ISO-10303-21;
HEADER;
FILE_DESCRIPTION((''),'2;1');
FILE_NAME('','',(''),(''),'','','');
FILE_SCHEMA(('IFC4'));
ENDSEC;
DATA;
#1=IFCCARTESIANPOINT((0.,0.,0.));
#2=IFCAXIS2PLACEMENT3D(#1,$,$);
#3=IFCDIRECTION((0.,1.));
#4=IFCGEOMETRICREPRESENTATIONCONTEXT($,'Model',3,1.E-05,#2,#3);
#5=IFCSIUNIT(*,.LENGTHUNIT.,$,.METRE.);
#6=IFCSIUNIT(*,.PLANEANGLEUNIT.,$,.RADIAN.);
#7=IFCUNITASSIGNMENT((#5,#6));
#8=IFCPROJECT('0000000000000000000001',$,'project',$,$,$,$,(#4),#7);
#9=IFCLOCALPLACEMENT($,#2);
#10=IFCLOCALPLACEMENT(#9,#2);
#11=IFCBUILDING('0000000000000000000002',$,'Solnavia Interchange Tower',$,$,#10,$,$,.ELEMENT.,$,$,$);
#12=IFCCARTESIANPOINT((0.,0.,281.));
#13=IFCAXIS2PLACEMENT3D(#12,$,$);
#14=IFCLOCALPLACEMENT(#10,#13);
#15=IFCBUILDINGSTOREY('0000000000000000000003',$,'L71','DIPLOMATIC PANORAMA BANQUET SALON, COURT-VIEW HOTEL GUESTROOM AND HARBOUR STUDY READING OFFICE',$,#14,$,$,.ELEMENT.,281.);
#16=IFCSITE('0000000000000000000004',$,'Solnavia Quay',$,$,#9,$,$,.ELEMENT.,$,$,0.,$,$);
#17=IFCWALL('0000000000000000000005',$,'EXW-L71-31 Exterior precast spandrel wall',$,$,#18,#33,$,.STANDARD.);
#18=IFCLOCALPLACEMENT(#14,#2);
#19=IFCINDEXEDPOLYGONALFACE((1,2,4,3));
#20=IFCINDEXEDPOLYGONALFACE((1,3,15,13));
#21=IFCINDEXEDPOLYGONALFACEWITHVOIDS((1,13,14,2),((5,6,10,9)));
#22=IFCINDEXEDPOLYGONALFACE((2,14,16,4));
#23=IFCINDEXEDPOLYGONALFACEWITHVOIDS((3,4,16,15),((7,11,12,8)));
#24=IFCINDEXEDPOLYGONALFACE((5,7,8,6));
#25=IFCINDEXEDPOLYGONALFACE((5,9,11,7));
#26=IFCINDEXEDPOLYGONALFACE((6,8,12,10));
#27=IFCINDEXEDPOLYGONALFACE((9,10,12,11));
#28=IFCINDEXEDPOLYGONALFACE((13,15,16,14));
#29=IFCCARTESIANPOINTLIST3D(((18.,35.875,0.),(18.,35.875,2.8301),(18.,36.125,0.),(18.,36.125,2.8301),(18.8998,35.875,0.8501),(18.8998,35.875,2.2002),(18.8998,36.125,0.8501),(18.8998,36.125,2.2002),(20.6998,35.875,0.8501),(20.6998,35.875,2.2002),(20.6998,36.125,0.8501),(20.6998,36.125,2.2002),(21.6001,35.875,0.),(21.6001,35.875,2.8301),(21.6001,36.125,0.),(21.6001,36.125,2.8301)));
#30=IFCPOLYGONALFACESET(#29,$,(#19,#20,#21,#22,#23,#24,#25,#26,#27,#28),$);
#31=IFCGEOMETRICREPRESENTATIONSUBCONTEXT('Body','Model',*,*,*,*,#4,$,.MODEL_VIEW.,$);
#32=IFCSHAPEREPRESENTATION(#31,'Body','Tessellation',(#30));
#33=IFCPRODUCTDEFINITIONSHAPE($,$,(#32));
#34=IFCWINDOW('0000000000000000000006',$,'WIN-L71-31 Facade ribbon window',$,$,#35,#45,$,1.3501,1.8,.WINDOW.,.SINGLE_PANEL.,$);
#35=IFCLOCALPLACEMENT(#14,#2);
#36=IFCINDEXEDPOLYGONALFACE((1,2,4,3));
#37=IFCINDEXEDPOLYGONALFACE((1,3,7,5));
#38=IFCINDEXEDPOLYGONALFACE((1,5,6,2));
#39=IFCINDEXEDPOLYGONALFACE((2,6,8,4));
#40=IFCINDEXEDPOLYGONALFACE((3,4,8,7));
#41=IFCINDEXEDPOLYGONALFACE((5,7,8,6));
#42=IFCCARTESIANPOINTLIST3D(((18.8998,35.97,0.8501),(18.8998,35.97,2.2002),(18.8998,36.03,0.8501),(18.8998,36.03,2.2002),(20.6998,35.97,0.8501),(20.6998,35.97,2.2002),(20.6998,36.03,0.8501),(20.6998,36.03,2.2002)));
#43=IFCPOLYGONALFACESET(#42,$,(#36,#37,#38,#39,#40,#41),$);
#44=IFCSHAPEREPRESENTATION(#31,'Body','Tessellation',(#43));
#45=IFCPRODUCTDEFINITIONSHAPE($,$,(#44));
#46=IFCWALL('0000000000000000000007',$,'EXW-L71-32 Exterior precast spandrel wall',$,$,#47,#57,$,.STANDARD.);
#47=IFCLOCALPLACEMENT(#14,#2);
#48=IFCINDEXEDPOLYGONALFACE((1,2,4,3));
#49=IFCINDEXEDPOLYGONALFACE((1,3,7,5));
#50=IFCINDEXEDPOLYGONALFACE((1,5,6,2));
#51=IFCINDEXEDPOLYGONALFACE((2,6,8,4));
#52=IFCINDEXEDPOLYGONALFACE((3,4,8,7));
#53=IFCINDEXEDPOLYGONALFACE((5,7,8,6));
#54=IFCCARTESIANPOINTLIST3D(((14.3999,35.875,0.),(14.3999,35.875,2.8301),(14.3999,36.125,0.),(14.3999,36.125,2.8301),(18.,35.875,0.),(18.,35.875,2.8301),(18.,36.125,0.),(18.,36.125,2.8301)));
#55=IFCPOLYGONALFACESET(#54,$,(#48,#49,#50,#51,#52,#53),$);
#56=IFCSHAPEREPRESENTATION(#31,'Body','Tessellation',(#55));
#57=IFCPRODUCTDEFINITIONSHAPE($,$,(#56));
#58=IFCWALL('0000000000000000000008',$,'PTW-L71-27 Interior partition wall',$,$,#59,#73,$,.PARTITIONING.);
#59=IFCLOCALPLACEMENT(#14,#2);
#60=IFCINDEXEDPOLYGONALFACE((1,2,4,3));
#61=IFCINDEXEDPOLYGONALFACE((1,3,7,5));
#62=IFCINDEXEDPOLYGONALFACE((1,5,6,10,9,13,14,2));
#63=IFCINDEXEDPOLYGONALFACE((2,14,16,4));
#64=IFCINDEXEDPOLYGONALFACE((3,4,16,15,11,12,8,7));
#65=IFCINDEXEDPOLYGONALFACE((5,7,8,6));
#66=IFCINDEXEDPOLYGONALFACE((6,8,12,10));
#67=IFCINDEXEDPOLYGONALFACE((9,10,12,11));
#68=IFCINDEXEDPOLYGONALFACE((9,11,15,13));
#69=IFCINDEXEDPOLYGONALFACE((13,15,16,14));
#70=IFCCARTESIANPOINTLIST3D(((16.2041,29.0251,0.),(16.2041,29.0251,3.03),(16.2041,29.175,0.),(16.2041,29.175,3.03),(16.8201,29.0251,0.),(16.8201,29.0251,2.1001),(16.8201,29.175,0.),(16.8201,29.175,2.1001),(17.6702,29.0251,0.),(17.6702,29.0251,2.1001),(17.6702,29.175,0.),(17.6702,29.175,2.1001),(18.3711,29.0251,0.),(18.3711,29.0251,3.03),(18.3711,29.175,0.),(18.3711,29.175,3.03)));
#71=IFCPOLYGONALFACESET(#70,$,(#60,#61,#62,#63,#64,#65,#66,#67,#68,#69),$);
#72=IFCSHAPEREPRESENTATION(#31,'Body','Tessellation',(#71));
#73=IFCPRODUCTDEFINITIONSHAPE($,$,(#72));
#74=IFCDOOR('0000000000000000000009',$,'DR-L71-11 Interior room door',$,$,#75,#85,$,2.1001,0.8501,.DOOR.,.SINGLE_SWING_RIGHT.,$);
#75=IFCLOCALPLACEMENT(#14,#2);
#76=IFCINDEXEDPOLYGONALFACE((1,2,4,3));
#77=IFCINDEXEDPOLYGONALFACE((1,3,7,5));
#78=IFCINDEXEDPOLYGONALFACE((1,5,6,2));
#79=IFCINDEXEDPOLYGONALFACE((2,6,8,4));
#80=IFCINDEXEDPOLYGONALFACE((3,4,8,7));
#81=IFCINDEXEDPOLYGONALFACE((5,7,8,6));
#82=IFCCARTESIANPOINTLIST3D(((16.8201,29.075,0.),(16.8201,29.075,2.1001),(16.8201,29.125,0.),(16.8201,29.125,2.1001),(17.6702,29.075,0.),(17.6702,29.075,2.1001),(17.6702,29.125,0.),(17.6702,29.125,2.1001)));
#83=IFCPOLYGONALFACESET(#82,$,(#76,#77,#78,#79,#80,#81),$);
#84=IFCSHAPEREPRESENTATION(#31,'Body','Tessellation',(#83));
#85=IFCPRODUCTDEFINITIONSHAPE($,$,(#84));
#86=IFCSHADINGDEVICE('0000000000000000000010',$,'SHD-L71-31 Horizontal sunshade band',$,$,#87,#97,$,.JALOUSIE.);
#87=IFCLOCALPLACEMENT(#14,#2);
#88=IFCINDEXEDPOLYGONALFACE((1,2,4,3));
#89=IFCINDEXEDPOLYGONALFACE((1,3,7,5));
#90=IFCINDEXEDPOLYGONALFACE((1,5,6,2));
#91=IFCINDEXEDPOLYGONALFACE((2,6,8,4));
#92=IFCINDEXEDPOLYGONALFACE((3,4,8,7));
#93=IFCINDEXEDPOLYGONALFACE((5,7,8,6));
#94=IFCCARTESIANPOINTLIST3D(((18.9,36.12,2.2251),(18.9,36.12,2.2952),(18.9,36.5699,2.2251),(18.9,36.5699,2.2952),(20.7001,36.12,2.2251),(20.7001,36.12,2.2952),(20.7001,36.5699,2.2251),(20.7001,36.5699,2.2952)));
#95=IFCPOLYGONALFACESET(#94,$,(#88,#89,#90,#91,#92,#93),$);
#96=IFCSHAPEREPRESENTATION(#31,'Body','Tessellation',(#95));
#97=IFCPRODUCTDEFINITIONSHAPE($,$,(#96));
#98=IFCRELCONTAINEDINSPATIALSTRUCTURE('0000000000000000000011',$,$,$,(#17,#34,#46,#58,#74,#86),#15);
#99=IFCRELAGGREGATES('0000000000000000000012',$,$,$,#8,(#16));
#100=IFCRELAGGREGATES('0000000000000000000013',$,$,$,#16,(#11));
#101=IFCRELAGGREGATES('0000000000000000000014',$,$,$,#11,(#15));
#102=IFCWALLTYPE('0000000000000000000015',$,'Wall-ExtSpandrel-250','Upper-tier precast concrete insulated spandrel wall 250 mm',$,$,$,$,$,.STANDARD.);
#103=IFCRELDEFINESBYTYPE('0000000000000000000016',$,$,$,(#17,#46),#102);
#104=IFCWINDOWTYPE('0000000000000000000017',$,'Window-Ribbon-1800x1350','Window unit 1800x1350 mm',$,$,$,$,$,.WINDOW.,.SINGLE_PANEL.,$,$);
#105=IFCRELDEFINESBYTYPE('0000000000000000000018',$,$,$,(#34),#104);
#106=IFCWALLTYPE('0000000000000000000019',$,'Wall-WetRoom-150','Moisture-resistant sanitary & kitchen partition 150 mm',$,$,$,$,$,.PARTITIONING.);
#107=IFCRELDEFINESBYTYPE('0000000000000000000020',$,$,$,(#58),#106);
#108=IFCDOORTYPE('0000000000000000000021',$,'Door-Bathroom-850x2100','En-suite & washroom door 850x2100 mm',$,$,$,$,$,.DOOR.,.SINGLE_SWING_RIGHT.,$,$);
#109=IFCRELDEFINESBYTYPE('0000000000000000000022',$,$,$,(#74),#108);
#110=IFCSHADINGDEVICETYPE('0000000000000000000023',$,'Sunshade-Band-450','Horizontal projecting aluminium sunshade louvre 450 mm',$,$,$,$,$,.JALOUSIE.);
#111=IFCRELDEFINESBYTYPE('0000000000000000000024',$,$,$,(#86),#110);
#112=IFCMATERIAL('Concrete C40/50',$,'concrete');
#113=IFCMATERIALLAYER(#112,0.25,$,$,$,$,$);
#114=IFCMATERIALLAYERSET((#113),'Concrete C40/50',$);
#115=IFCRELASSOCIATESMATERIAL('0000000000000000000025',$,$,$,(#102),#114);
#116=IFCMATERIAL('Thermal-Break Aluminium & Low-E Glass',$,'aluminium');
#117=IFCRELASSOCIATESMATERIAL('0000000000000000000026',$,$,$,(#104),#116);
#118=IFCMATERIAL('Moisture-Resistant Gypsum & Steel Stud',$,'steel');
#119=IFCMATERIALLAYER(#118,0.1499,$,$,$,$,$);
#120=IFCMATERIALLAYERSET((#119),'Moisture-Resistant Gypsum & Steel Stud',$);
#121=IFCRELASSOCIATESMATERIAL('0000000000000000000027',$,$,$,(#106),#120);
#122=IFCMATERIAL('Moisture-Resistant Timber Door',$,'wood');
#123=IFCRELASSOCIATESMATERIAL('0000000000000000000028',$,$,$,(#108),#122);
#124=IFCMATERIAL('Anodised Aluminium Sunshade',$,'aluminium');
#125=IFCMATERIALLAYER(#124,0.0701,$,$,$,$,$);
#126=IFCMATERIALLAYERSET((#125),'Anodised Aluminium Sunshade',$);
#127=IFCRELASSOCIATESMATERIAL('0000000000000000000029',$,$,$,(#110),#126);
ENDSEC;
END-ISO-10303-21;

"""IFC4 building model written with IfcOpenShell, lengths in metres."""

from ifc_helpers import new_model, si_unit, direction, frame, frame_2d, origin, origin_2d, place, context, subcontext, project, spatial, rectangle, extrude, material, layer, layer_set, type_object, element, fill, save


model = new_model("IFC4")

# Units and contexts
model_context = context("Model", 3, precision=1e-05, world=origin(), true_north=direction((0.0, 1.0)))
body_context = subcontext(model_context, "Body", "Model", "MODEL_VIEW")
ifc_project = project(units=[si_unit("LENGTHUNIT", "METRE"), si_unit("PLANEANGLEUNIT", "RADIAN")], contexts=[model_context])

# Site, building, storey
site_placement = place(None, origin())
site = spatial("IfcSite", under=ifc_project, at=site_placement, Name="Solnavia Quay", CompositionType="ELEMENT", RefElevation=0.0)
building_placement = place(site_placement, origin())
building = spatial("IfcBuilding", under=site, at=building_placement, Name="Solnavia Interchange Tower", CompositionType="ELEMENT")
storey_placement = place(building_placement, frame((0.0, 0.0, 281.0)))
storey = spatial("IfcBuildingStorey", under=building, at=storey_placement, Name="L71", Description="DIPLOMATIC PANORAMA BANQUET SALON, COURT-VIEW HOTEL GUESTROOM AND HARBOUR STUDY READING OFFICE", CompositionType="ELEMENT", Elevation=281.0)

# Shared definitions
ifc_material_1 = material(Name="Concrete C40/50", Category="concrete")
ifc_layer_1 = layer(ifc_material_1, 0.25)
ifc_layer_set_1 = layer_set([ifc_layer_1], Name="Concrete C40/50")
wall_type_1 = type_object("IfcWallType", Name="Wall-ExtSpandrel-250", Description="Upper-tier precast concrete insulated spandrel wall 250 mm", PredefinedType="STANDARD", material=ifc_layer_set_1)

# Wall, opening, window
wall_1_placement = place(storey_placement, frame((18.0, 36.0, 0.0), z_axis=(0.0, 0.0, 1.0), x_axis=(1.0, 0.0, 0.0)))
wall_1 = element("IfcWall", 1, at=wall_1_placement, inside=storey, type_object=wall_type_1, Name="EXW-L71-31 Exterior precast spandrel wall", PredefinedType="STANDARD", context=body_context, shape_type="SweptSolid", body=[
    extrude(rectangle(XDim=3.6001, YDim=0.25, at=frame_2d((1.8, 0.0))), origin(), (0.0, 0.0, 1.0), 2.8301),
])
opening_1_placement = place(wall_1_placement, frame((0.8999, 0.0, 0.8501)))
opening_1 = element("IfcOpeningElement", 2, at=opening_1_placement, cuts=wall_1, PredefinedType="OPENING", context=body_context, shape_type="SweptSolid", body=[
    extrude(rectangle(XDim=1.8, YDim=1.3501, at=frame_2d((0.8999, 0.675))), frame((0.0, 0.135, 0.0), z_axis=(0.0, -1.0, 0.0), x_axis=(1.0, 0.0, 0.0)), (0.0, 0.0, 1.0), 0.27),
])
ifc_material_2 = material(Name="Thermal-Break Aluminium & Low-E Glass", Category="aluminium")
window_type = type_object("IfcWindowType", Name="Window-Ribbon-1800x1350", Description="Window unit 1800x1350 mm", PartitioningType="SINGLE_PANEL", PredefinedType="WINDOW", material=ifc_material_2)
window_placement = place(opening_1_placement, origin())
window = element("IfcWindow", 3, at=window_placement, inside=storey, type_object=window_type, Name="WIN-L71-31 Facade ribbon window", OverallHeight=1.3501, OverallWidth=1.8, PartitioningType="SINGLE_PANEL", PredefinedType="WINDOW", context=body_context, shape_type="SweptSolid", body=[
    extrude(rectangle(XDim=1.8, YDim=1.3501, at=frame_2d((0.8999, 0.675))), frame((0.0, 0.03, 0.0), z_axis=(0.0, -1.0, 0.0), x_axis=(1.0, 0.0, 0.0)), (0.0, 0.0, 1.0), 0.0601),
])
fill(opening_1, window)

# Wall
wall_2_placement = place(storey_placement, frame((14.3999, 36.0, 0.0), z_axis=(0.0, 0.0, 1.0), x_axis=(1.0, 0.0, 0.0)))
element("IfcWall", 4, at=wall_2_placement, inside=storey, type_object=wall_type_1, Name="EXW-L71-32 Exterior precast spandrel wall", PredefinedType="STANDARD", context=body_context, shape_type="SweptSolid", body=[
    extrude(rectangle(XDim=3.6001, YDim=0.25, at=frame_2d((1.8, 0.0))), origin(), (0.0, 0.0, 1.0), 2.8301),
])

# Wall, opening, door
ifc_material_3 = material(Name="Moisture-Resistant Gypsum & Steel Stud", Category="steel")
ifc_layer_2 = layer(ifc_material_3, 0.1499)
ifc_layer_set_2 = layer_set([ifc_layer_2], Name="Moisture-Resistant Gypsum & Steel Stud")
wall_type_2 = type_object("IfcWallType", Name="Wall-WetRoom-150", Description="Moisture-resistant sanitary & kitchen partition 150 mm", PredefinedType="PARTITIONING", material=ifc_layer_set_2)
wall_3_placement = place(storey_placement, frame((16.2041, 29.1001, 0.0), z_axis=(0.0, 0.0, 1.0), x_axis=(1.0, 0.0, 0.0)))
wall_3 = element("IfcWall", 5, at=wall_3_placement, inside=storey, type_object=wall_type_2, Name="PTW-L71-27 Interior partition wall", PredefinedType="PARTITIONING", context=body_context, shape_type="SweptSolid", body=[
    extrude(rectangle(XDim=2.167, YDim=0.1499, at=frame_2d((1.0835, 0.0))), origin(), (0.0, 0.0, 1.0), 3.03),
])
opening_2_placement = place(wall_3_placement, frame((0.616, 0.0, 0.0)))
opening_2 = element("IfcOpeningElement", 6, at=opening_2_placement, cuts=wall_3, PredefinedType="OPENING", context=body_context, shape_type="SweptSolid", body=[
    extrude(rectangle(XDim=0.8501, YDim=2.1001, at=frame_2d((0.425, 1.05))), frame((0.0, 0.085, 0.0), z_axis=(0.0, -1.0, 0.0), x_axis=(1.0, 0.0, 0.0)), (0.0, 0.0, 1.0), 0.1699),
])
ifc_material_4 = material(Name="Moisture-Resistant Timber Door", Category="wood")
door_type_1 = type_object("IfcDoorType", Name="Door-Bathroom-850x2100", Description="En-suite & washroom door 850x2100 mm", OperationType="SINGLE_SWING_RIGHT", PredefinedType="DOOR", material=ifc_material_4)
door_1_placement = place(opening_2_placement, origin())
door_1 = element("IfcDoor", 7, at=door_1_placement, inside=storey, type_object=door_type_1, Name="DR-L71-11 Interior room door", OperationType="SINGLE_SWING_RIGHT", OverallHeight=2.1001, OverallWidth=0.8501, PredefinedType="DOOR", context=body_context, shape_type="SweptSolid", body=[
    extrude(rectangle(XDim=0.8501, YDim=2.1001, at=frame_2d((0.425, 1.05))), frame((0.0, 0.0249, 0.0), z_axis=(0.0, -1.0, 0.0), x_axis=(1.0, 0.0, 0.0)), (0.0, 0.0, 1.0), 0.05),
])
fill(opening_2, door_1)

# Shading device
ifc_material_5 = material(Name="Anodised Aluminium Sunshade", Category="aluminium")
ifc_layer_3 = layer(ifc_material_5, 0.0701)
ifc_layer_set_3 = layer_set([ifc_layer_3], Name="Anodised Aluminium Sunshade")
shading_device_type = type_object("IfcShadingDeviceType", Name="Sunshade-Band-450", Description="Horizontal projecting aluminium sunshade louvre 450 mm", PredefinedType="JALOUSIE", material=ifc_layer_set_3)
shading_device_placement = place(storey_placement, frame((19.8, 36.345, 2.2251), z_axis=(0.0, 0.0, 1.0), x_axis=(1.0, 0.0, 0.0)))
element("IfcShadingDevice", 8, at=shading_device_placement, inside=storey, type_object=shading_device_type, Name="SHD-L71-31 Horizontal sunshade band", PredefinedType="JALOUSIE", context=body_context, shape_type="SweptSolid", body=[
    extrude(rectangle(XDim=1.8, YDim=0.45, at=origin_2d()), origin(), (0.0, 0.0, 1.0), 0.0701),
])

save(model, "model.ifc")
